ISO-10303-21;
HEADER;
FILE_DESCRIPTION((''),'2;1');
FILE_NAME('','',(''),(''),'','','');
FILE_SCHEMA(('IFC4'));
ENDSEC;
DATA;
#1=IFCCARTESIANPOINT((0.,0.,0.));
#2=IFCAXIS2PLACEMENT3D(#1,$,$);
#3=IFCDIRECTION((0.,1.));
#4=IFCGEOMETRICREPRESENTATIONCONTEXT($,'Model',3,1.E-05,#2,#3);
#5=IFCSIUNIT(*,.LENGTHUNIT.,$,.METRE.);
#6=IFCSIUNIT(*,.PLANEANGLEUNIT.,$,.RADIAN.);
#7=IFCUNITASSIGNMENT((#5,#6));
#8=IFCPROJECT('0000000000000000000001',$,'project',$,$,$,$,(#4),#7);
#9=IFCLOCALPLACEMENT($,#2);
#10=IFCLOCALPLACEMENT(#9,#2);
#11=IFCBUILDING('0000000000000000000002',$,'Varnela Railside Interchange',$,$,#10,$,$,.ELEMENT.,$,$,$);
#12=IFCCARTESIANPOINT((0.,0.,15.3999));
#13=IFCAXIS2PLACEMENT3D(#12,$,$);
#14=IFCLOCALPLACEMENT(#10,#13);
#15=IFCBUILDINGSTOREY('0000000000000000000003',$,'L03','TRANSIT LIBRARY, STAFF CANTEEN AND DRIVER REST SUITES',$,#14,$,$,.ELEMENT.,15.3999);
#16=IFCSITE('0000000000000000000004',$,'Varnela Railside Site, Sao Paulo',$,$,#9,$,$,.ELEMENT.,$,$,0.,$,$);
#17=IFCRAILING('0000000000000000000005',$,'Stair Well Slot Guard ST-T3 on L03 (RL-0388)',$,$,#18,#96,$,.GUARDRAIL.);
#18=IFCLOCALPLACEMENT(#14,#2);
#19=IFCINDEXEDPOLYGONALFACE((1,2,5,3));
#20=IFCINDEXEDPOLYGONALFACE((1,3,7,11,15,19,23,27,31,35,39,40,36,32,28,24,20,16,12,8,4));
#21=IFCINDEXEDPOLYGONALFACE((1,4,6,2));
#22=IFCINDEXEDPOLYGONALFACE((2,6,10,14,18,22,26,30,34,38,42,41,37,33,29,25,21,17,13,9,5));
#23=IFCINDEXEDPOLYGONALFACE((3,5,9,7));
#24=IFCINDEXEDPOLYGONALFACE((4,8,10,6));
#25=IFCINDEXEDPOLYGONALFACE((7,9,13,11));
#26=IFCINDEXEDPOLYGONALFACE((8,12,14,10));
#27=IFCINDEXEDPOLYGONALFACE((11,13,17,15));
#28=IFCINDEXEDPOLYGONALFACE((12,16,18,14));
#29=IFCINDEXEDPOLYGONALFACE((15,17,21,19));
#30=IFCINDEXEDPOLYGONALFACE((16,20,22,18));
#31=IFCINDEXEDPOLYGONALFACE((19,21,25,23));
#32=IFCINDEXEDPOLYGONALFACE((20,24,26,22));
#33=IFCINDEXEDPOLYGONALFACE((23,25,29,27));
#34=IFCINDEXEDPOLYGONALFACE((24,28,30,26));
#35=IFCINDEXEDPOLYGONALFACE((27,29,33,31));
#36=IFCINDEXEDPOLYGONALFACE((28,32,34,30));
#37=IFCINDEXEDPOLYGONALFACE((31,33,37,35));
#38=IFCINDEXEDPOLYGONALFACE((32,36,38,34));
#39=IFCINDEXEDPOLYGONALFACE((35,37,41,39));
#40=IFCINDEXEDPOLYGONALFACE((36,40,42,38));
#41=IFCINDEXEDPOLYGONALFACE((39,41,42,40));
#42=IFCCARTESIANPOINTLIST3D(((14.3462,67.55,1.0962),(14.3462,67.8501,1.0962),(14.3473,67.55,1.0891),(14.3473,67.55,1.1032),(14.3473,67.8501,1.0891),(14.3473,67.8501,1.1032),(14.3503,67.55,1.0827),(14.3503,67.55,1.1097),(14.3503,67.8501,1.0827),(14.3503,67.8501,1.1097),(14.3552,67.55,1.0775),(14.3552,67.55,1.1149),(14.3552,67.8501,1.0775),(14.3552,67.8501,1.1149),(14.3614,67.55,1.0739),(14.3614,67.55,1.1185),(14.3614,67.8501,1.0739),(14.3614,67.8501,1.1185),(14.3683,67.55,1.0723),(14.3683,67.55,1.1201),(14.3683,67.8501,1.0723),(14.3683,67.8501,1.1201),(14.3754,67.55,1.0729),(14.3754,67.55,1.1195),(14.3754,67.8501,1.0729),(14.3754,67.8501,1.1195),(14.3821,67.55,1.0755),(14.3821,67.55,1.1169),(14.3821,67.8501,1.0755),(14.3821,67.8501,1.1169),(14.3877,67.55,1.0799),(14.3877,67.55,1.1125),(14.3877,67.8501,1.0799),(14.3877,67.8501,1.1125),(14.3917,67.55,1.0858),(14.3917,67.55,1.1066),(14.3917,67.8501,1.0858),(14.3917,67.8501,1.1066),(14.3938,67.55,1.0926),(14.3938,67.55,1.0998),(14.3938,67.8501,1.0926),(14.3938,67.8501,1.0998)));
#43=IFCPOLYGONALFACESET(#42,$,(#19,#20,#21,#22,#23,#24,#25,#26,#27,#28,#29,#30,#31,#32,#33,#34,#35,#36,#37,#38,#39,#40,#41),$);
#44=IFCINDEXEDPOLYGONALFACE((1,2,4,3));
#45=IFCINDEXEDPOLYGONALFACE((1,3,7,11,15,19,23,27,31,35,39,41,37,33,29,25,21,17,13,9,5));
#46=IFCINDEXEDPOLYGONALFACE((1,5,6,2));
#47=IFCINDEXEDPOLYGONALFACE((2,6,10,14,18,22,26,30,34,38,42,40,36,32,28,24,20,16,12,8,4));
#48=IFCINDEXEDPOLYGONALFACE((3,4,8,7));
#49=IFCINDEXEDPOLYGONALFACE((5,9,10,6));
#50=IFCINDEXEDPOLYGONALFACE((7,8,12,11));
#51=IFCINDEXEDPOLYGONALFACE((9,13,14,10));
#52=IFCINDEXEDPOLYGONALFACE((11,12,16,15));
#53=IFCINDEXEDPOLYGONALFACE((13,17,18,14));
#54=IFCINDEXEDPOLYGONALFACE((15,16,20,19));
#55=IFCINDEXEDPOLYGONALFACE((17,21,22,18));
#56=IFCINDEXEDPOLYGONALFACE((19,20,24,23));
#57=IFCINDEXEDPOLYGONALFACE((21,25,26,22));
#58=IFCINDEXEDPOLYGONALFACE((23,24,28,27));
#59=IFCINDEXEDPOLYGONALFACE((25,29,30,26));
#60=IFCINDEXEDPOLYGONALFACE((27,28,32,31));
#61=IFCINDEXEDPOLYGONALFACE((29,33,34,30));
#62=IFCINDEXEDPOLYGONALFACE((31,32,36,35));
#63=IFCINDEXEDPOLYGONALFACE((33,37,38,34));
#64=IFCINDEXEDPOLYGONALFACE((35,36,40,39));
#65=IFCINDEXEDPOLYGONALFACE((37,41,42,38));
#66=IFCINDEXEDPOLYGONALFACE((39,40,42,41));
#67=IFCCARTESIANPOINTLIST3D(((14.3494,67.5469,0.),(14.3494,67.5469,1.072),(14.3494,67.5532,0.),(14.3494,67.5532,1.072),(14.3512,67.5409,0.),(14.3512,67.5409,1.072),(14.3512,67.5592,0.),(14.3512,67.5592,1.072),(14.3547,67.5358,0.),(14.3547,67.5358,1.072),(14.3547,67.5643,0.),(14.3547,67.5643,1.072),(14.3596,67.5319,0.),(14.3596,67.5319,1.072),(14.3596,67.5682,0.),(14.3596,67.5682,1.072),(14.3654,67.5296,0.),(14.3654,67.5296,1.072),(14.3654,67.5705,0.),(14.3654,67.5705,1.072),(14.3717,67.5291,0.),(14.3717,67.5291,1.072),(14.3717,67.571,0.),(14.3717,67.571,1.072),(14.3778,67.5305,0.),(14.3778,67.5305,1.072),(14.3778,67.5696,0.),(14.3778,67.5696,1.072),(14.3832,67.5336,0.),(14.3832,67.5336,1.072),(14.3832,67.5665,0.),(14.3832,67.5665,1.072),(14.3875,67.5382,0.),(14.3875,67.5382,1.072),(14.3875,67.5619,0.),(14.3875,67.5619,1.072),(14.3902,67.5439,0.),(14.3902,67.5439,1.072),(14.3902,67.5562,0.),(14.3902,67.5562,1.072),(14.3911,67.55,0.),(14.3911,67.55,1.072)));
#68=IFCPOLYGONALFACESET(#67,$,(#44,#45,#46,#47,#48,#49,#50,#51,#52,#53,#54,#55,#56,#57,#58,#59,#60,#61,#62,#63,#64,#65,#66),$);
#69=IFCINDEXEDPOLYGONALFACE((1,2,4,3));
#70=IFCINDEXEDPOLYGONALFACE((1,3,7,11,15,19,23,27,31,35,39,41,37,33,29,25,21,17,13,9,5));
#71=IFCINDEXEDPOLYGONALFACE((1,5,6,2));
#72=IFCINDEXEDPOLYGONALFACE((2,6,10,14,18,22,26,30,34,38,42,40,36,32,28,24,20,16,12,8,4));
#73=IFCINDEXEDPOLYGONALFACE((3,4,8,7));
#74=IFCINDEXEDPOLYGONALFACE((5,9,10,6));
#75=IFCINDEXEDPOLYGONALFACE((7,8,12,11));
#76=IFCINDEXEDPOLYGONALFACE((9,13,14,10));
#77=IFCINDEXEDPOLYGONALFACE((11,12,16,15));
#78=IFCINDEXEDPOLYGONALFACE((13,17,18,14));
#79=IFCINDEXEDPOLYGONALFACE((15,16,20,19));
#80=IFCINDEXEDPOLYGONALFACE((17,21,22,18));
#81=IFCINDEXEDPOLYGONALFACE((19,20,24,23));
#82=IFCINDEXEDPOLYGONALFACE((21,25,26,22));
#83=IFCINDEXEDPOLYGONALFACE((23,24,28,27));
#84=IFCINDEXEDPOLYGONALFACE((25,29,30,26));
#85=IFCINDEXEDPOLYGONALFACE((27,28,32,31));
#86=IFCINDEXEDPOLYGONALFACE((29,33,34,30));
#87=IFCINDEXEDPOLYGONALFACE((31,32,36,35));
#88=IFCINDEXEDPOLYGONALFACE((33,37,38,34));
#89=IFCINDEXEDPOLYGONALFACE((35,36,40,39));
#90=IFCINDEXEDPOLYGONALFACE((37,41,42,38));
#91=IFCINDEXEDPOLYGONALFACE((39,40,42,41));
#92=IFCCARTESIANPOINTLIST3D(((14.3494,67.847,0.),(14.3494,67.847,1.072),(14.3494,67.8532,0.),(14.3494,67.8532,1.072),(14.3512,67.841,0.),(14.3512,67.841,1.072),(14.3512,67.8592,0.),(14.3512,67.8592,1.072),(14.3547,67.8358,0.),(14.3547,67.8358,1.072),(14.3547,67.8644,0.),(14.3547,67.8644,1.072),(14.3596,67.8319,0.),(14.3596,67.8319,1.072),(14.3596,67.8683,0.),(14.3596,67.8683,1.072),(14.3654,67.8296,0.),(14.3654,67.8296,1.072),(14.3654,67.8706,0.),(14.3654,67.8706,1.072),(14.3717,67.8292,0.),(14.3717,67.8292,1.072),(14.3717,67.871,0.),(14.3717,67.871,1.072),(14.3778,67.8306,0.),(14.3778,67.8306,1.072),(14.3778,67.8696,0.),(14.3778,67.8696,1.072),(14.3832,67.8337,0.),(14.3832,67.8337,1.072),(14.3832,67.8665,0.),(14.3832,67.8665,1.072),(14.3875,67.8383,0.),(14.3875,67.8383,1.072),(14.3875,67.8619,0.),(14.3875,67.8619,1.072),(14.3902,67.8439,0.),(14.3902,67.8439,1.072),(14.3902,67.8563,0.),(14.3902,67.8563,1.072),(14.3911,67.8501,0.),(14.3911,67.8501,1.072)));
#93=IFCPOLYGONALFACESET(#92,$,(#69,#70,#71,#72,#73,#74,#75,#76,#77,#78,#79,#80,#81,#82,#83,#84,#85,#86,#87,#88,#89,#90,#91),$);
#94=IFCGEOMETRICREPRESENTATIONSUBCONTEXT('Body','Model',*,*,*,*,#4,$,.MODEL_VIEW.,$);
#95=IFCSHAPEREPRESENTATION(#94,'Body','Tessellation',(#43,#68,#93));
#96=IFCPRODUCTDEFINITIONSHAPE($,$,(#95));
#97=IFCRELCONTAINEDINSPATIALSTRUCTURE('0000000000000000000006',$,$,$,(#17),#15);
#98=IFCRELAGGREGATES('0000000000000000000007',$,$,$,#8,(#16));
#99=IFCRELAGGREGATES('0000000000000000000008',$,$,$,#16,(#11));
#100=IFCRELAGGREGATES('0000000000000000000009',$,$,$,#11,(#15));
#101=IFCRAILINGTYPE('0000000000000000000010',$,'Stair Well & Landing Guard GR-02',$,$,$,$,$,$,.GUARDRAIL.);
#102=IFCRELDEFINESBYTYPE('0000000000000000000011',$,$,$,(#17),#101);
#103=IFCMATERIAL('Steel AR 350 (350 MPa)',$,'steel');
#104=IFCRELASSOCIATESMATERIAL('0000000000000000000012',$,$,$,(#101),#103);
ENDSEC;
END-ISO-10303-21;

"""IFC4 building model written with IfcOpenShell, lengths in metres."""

from ifc_helpers import new_model, si_unit, direction, frame, origin, origin_2d, place, context, subcontext, project, spatial, circle, extrude, material, type_object, element, save


model = new_model("IFC4")

# Units and contexts
model_context = context("Model", 3, precision=1e-05, world=origin(), true_north=direction((0.0, 1.0)))
body_context = subcontext(model_context, "Body", "Model", "MODEL_VIEW")
ifc_project = project(units=[si_unit("LENGTHUNIT", "METRE"), si_unit("PLANEANGLEUNIT", "RADIAN")], contexts=[model_context])

# Site, building, storey
site_placement = place(None, origin())
site = spatial("IfcSite", under=ifc_project, at=site_placement, Name="Varnela Railside Site, Sao Paulo", CompositionType="ELEMENT", RefElevation=0.0)
building_placement = place(site_placement, origin())
building = spatial("IfcBuilding", under=site, at=building_placement, Name="Varnela Railside Interchange", CompositionType="ELEMENT")
storey_placement = place(building_placement, frame((0.0, 0.0, 15.3999)))
storey = spatial("IfcBuildingStorey", under=building, at=storey_placement, Name="L03", Description="TRANSIT LIBRARY, STAFF CANTEEN AND DRIVER REST SUITES", CompositionType="ELEMENT", Elevation=15.3999)

# Shared definitions
ifc_material_1 = material(Name="Steel AR 350 (350 MPa)", Category="steel")

# Railing
railing_type_1 = type_object("IfcRailingType", Name="Stair Well & Landing Guard GR-02", PredefinedType="GUARDRAIL", material=ifc_material_1)
railing_1_placement = place(storey_placement, frame((14.3701, 67.55, 0.0)))
element("IfcRailing", 1, at=railing_1_placement, inside=storey, type_object=railing_type_1, Name="Stair Well Slot Guard ST-T3 on L03 (RL-0388)", PredefinedType="GUARDRAIL", context=body_context, shape_type="SweptSolid", body=[
    extrude(circle(Radius=0.0239, at=origin_2d()), frame((0.0, 0.0, 1.0962), z_axis=(0.0, 1.0, 0.0), x_axis=(-1.0, 0.0, 0.0)), (0.0, 0.0, 1.0), 0.3),
    extrude(circle(Radius=0.021, at=origin_2d()), origin(), (0.0, 0.0, 1.0), 1.072),
    extrude(circle(Radius=0.021, at=origin_2d()), frame((0.0, 0.3, 0.0)), (0.0, 0.0, 1.0), 1.072),
])

save(model, "model.ifc")
